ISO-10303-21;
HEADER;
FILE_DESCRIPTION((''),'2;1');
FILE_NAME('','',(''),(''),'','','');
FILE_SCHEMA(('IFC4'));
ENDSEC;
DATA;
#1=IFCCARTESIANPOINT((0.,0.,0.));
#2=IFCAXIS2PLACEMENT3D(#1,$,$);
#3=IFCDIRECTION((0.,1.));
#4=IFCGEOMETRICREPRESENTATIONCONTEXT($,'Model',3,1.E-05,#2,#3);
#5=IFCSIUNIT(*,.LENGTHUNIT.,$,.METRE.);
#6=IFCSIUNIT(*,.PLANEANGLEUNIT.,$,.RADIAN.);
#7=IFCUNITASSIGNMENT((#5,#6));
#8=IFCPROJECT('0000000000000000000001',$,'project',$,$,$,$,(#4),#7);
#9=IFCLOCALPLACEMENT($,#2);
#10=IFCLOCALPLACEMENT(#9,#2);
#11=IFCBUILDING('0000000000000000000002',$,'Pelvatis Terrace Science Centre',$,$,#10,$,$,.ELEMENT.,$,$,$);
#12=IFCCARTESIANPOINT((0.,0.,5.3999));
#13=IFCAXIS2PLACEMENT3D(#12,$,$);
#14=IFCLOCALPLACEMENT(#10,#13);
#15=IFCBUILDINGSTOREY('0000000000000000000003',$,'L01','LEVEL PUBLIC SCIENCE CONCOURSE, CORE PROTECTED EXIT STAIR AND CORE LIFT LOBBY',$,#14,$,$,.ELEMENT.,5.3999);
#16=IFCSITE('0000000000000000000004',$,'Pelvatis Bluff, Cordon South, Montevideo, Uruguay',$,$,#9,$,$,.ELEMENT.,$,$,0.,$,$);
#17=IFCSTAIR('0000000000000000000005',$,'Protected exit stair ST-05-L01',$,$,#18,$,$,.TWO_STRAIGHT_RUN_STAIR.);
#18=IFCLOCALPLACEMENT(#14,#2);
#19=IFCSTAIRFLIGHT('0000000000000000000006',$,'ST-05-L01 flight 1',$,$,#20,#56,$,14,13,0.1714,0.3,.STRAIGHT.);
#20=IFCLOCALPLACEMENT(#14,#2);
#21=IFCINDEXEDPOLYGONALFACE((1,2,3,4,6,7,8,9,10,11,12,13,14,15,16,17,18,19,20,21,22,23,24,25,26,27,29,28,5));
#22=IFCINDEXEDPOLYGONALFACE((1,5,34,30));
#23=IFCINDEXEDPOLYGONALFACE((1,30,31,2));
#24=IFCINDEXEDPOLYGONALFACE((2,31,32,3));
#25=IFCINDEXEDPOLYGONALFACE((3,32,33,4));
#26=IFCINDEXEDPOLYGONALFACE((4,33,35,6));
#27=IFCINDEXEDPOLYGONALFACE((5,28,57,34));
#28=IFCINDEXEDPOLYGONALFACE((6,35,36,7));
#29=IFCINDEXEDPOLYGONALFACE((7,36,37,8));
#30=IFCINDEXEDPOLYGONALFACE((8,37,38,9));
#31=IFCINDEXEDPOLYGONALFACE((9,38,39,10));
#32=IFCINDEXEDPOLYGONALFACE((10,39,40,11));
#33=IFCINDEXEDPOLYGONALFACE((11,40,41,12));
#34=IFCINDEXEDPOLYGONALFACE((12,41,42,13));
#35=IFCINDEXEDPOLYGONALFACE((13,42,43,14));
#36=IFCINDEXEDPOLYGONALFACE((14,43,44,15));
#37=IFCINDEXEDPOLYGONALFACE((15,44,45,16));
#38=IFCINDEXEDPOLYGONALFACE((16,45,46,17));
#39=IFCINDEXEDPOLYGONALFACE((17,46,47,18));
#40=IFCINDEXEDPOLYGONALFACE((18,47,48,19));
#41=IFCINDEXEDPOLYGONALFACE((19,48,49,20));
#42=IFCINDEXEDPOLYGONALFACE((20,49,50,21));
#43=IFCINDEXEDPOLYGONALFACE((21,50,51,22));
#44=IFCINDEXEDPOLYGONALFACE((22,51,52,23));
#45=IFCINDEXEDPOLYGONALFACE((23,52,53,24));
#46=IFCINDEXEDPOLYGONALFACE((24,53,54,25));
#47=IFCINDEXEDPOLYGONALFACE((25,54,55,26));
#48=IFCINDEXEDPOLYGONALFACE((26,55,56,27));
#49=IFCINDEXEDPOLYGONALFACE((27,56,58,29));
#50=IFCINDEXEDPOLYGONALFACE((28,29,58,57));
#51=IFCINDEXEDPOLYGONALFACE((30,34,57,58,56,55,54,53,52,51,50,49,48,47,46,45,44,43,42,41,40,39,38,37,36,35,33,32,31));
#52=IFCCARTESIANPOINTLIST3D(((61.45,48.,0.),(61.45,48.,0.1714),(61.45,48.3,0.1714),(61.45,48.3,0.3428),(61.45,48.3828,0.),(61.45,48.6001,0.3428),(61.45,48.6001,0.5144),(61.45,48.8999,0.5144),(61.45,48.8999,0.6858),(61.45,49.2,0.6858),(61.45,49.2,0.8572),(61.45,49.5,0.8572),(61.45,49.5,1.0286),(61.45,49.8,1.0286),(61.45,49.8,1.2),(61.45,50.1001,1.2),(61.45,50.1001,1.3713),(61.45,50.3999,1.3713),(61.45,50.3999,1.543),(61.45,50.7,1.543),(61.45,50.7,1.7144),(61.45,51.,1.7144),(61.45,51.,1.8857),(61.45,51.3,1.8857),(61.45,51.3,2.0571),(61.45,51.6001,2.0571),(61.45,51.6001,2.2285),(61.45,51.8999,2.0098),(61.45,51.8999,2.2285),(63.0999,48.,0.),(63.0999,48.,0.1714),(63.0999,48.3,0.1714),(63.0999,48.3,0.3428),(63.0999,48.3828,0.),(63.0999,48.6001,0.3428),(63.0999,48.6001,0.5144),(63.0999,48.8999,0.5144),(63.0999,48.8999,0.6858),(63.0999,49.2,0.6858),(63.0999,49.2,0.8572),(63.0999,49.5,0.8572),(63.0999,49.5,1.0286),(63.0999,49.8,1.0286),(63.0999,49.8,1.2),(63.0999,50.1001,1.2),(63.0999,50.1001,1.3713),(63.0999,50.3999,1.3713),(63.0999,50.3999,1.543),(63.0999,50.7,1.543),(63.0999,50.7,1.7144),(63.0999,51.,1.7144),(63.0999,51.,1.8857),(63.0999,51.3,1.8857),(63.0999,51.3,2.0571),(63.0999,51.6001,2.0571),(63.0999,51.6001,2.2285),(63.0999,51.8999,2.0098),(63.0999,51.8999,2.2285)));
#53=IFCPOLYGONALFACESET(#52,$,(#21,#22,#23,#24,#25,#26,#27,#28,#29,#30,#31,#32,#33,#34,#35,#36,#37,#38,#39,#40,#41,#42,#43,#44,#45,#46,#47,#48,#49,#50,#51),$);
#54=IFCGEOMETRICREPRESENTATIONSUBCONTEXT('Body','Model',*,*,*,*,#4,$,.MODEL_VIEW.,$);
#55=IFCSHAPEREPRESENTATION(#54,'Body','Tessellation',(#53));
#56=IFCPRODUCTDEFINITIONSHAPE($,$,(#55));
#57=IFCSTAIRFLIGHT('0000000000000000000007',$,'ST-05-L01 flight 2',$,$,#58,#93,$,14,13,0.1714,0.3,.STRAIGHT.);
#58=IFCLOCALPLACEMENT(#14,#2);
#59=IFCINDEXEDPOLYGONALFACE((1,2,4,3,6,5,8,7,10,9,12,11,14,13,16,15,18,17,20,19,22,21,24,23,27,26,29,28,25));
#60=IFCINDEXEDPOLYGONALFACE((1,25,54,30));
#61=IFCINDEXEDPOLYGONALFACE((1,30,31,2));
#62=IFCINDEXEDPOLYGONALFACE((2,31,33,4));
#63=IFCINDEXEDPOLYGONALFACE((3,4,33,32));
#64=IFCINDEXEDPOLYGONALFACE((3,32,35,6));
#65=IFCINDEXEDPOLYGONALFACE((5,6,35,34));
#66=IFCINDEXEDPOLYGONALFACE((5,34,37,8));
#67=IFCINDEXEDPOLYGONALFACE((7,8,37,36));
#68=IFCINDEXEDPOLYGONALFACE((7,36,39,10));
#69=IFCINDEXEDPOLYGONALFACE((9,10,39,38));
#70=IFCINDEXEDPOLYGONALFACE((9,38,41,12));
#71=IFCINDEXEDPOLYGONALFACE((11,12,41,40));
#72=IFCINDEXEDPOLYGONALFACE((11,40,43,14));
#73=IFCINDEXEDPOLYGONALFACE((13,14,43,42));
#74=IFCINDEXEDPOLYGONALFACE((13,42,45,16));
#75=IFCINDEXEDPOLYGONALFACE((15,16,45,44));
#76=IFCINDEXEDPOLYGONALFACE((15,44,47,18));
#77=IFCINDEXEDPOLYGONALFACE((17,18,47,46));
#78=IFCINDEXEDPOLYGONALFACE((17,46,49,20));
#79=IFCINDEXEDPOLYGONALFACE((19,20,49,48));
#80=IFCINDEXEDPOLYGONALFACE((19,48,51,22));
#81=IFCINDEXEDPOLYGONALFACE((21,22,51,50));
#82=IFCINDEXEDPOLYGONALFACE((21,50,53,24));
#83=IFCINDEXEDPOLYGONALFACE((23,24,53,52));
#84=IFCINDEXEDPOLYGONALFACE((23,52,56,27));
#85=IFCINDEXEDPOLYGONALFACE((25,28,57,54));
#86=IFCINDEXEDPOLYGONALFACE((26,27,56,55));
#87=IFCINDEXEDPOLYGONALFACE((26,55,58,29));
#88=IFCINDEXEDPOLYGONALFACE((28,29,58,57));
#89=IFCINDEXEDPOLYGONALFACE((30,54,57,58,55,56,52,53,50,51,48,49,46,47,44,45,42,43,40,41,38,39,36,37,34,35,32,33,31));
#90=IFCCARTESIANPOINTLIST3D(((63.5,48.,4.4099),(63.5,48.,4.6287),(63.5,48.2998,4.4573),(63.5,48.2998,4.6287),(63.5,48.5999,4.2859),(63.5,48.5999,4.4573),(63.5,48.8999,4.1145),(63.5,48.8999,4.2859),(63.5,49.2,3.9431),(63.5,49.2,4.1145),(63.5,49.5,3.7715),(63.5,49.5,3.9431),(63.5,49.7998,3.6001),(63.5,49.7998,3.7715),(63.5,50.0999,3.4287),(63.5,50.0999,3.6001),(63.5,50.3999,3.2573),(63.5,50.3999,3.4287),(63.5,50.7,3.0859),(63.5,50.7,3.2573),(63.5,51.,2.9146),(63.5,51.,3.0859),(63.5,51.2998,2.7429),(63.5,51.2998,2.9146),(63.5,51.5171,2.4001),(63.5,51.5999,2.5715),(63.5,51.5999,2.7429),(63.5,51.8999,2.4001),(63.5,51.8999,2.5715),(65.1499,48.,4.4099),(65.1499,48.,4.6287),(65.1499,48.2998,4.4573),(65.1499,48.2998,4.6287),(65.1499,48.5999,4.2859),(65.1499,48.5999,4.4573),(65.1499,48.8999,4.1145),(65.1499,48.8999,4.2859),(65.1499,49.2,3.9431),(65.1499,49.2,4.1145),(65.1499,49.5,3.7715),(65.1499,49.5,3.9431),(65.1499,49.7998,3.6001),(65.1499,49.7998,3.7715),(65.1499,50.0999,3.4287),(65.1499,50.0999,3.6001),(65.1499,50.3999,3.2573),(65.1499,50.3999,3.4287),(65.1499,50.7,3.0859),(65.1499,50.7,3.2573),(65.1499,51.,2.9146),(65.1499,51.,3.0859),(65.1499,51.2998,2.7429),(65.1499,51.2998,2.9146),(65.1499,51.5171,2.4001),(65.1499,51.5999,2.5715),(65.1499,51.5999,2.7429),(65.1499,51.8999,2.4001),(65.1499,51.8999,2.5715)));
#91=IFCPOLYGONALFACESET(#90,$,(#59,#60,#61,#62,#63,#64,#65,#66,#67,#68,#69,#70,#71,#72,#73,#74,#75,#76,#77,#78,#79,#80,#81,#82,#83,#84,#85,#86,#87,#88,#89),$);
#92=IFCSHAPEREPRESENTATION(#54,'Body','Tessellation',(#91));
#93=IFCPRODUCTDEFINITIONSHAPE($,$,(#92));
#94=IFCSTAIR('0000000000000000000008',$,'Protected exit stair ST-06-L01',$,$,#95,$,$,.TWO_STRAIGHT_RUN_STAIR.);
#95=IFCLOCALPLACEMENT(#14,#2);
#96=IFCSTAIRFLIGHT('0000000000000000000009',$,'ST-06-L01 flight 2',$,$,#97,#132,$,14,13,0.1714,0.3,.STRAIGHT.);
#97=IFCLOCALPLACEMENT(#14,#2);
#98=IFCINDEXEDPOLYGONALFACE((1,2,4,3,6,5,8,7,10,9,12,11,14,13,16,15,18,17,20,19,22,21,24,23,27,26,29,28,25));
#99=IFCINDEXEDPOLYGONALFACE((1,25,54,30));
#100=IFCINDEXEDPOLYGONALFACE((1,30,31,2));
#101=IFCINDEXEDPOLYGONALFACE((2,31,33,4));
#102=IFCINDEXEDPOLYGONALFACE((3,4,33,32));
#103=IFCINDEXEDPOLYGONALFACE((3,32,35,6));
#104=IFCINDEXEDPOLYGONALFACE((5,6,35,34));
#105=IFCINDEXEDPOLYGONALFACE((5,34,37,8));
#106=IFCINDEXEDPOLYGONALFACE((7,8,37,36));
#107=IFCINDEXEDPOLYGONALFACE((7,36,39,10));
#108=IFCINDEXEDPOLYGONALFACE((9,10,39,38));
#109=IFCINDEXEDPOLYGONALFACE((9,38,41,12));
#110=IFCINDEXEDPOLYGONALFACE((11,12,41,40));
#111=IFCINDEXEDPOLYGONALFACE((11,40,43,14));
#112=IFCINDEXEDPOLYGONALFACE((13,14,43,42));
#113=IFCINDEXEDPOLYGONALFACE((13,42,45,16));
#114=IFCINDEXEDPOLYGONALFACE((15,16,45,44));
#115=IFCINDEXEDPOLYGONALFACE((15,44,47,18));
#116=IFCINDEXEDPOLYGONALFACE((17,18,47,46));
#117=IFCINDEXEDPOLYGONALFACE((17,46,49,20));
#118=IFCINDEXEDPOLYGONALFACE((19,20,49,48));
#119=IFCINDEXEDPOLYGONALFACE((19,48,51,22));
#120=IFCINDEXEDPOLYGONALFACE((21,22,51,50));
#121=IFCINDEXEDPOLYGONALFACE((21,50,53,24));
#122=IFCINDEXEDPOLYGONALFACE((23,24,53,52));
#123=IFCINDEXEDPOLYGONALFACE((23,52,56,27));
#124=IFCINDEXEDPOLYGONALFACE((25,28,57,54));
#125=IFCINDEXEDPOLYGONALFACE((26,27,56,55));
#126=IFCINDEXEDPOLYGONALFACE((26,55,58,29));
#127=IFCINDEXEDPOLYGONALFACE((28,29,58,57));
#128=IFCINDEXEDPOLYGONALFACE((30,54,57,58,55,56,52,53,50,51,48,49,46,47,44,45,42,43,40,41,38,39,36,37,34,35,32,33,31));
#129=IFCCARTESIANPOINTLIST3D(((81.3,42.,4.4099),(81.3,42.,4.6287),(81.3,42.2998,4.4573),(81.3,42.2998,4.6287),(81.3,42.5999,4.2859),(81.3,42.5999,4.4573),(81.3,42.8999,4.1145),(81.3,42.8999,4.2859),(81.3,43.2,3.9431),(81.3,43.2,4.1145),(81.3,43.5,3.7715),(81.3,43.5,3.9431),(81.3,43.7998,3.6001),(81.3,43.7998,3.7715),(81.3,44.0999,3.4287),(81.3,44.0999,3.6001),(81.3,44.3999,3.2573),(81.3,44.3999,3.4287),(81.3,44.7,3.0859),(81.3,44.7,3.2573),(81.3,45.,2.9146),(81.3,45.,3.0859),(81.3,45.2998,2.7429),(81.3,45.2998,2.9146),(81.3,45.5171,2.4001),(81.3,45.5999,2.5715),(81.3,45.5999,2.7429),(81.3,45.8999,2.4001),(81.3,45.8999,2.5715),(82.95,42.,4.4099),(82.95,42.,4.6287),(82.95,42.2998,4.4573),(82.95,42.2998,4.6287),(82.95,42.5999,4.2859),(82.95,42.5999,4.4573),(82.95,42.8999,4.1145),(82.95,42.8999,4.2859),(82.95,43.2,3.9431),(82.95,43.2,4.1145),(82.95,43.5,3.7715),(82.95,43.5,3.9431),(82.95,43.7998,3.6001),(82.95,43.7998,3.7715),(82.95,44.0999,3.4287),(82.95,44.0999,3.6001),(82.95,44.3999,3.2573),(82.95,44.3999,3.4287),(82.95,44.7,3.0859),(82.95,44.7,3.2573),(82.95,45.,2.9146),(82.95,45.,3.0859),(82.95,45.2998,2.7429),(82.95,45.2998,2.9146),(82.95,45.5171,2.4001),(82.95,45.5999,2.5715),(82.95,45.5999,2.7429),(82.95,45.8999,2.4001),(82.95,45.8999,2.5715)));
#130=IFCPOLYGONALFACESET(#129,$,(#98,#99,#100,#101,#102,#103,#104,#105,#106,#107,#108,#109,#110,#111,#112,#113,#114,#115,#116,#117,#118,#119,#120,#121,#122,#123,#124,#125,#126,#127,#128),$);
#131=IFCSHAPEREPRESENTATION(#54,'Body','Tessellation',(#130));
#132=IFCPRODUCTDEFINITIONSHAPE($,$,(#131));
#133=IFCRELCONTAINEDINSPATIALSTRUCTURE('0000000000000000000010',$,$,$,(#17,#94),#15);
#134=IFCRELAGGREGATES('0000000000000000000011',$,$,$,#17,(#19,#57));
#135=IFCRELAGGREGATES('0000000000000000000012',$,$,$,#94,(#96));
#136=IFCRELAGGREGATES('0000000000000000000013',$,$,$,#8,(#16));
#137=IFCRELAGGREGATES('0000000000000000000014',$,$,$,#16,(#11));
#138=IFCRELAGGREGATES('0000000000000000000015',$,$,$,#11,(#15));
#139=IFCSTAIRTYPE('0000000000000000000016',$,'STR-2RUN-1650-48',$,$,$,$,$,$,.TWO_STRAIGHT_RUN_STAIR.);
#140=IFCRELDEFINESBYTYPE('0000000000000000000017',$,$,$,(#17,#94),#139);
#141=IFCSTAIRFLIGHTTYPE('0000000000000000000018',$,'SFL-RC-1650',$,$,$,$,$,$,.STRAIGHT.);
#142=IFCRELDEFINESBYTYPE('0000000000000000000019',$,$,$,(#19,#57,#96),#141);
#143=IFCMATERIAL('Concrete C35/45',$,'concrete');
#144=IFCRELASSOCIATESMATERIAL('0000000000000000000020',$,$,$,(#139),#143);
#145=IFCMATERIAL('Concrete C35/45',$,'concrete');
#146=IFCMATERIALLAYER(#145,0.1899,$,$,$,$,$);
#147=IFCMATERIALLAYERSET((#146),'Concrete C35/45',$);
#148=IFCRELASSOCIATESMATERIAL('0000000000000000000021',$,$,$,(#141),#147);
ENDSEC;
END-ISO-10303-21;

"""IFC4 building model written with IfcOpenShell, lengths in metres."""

from ifc_helpers import new_model, si_unit, direction, frame, origin, place, context, subcontext, project, spatial, polyline, outline, extrude, material, layer, layer_set, type_object, element, aggregate, save


model = new_model("IFC4")

# Units and contexts
model_context = context("Model", 3, precision=1e-05, world=origin(), true_north=direction((0.0, 1.0)))
body_context = subcontext(model_context, "Body", "Model", "MODEL_VIEW")
ifc_project = project(units=[si_unit("LENGTHUNIT", "METRE"), si_unit("PLANEANGLEUNIT", "RADIAN")], contexts=[model_context])

# Site, building, storey
site_placement = place(None, origin())
site = spatial("IfcSite", under=ifc_project, at=site_placement, Name="Pelvatis Bluff, Cordon South, Montevideo, Uruguay", CompositionType="ELEMENT", RefElevation=0.0)
building_placement = place(site_placement, origin())
building = spatial("IfcBuilding", under=site, at=building_placement, Name="Pelvatis Terrace Science Centre", CompositionType="ELEMENT")
storey_placement = place(building_placement, frame((0.0, 0.0, 5.3999)))
storey = spatial("IfcBuildingStorey", under=building, at=storey_placement, Name="L01", Description="LEVEL PUBLIC SCIENCE CONCOURSE, CORE PROTECTED EXIT STAIR AND CORE LIFT LOBBY", CompositionType="ELEMENT", Elevation=5.3999)

# Stair, stair flights
ifc_material_1 = material(Name="Concrete C35/45", Category="concrete")
stair_type_1 = type_object("IfcStairType", Name="STR-2RUN-1650-48", PredefinedType="TWO_STRAIGHT_RUN_STAIR", material=ifc_material_1)
stair_1_placement = place(storey_placement, origin())
stair_1 = element("IfcStair", 1, at=stair_1_placement, inside=storey, type_object=stair_type_1, Name="Protected exit stair ST-05-L01", PredefinedType="TWO_STRAIGHT_RUN_STAIR")
ifc_material_2 = material(Name="Concrete C35/45", Category="concrete")
ifc_layer_1 = layer(ifc_material_2, 0.1899)
ifc_layer_set_1 = layer_set([ifc_layer_1], Name="Concrete C35/45")
stair_flight_type_1 = type_object("IfcStairFlightType", Name="SFL-RC-1650", PredefinedType="STRAIGHT", material=ifc_layer_set_1)
stair_flight_1_placement = place(storey_placement, frame((62.2749, 48.0, 0.0), z_axis=(0.0, 0.0, 1.0), x_axis=(0.0, 1.0, 0.0)))
stair_flight_1 = element("IfcStairFlight", 2, at=stair_flight_1_placement, type_object=stair_flight_type_1, Name="ST-05-L01 flight 1", NumberOfRisers=14, NumberOfTreads=13, PredefinedType="STRAIGHT", RiserHeight=0.1714, TreadLength=0.3, context=body_context, shape_type="SweptSolid", body=[
    extrude(outline(polyline([(0.0, 0.0), (0.0, 0.1714), (0.3, 0.1714), (0.3, 0.3428), (0.6001, 0.3428), (0.6001, 0.5144), (0.8999, 0.5144), (0.8999, 0.6858), (1.2, 0.6858), (1.2, 0.8572), (1.5, 0.8572), (1.5, 1.0286), (1.8, 1.0286), (1.8, 1.2), (2.1001, 1.2), (2.1001, 1.3713), (2.3999, 1.3713), (2.3999, 1.543), (2.7, 1.543), (2.7, 1.7144), (3.0, 1.7144), (3.0, 1.8857), (3.3, 1.8857), (3.3, 2.0571), (3.6001, 2.0571), (3.6001, 2.2285), (3.8999, 2.2285), (3.8999, 2.3999), (3.8999, 2.0098), (0.3828, 0.0), (0.0, 0.0)])), frame((0.0, 0.825, 0.0), z_axis=(0.0, -1.0, 0.0), x_axis=(1.0, 0.0, 0.0)), (0.0, 0.0, 1.0), 1.6499),
])
stair_flight_2_placement = place(storey_placement, frame((64.325, 51.8999, 2.4001), z_axis=(0.0, 0.0, 1.0), x_axis=(0.0, -1.0, 0.0)))
stair_flight_2 = element("IfcStairFlight", 3, at=stair_flight_2_placement, type_object=stair_flight_type_1, Name="ST-05-L01 flight 2", NumberOfRisers=14, NumberOfTreads=13, PredefinedType="STRAIGHT", RiserHeight=0.1714, TreadLength=0.3, context=body_context, shape_type="SweptSolid", body=[
    extrude(outline(polyline([(0.0, 0.0), (0.0, 0.1714), (0.3, 0.1714), (0.3, 0.3428), (0.6001, 0.3428), (0.6001, 0.5144), (0.8999, 0.5144), (0.8999, 0.6858), (1.2, 0.6858), (1.2, 0.8572), (1.5, 0.8572), (1.5, 1.0286), (1.8, 1.0286), (1.8, 1.2), (2.1001, 1.2), (2.1001, 1.3713), (2.3999, 1.3713), (2.3999, 1.543), (2.7, 1.543), (2.7, 1.7144), (3.0, 1.7144), (3.0, 1.8857), (3.3, 1.8857), (3.3, 2.0571), (3.6001, 2.0571), (3.6001, 2.2285), (3.8999, 2.2285), (3.8999, 2.3999), (3.8999, 2.0098), (0.3828, 0.0), (0.0, 0.0)])), frame((0.0, 0.825, 0.0), z_axis=(0.0, -1.0, 0.0), x_axis=(1.0, 0.0, 0.0)), (0.0, 0.0, 1.0), 1.6499),
])
aggregate(stair_1, [stair_flight_1, stair_flight_2])

# Stair, stair flight
stair_2_placement = place(storey_placement, origin())
stair_2 = element("IfcStair", 4, at=stair_2_placement, inside=storey, type_object=stair_type_1, Name="Protected exit stair ST-06-L01", PredefinedType="TWO_STRAIGHT_RUN_STAIR")
stair_flight_3_placement = place(storey_placement, frame((82.125, 45.8999, 2.4001), z_axis=(0.0, 0.0, 1.0), x_axis=(0.0, -1.0, 0.0)))
stair_flight_3 = element("IfcStairFlight", 5, at=stair_flight_3_placement, type_object=stair_flight_type_1, Name="ST-06-L01 flight 2", NumberOfRisers=14, NumberOfTreads=13, PredefinedType="STRAIGHT", RiserHeight=0.1714, TreadLength=0.3, context=body_context, shape_type="SweptSolid", body=[
    extrude(outline(polyline([(0.0, 0.0), (0.0, 0.1714), (0.3, 0.1714), (0.3, 0.3428), (0.6001, 0.3428), (0.6001, 0.5144), (0.8999, 0.5144), (0.8999, 0.6858), (1.2, 0.6858), (1.2, 0.8572), (1.5, 0.8572), (1.5, 1.0286), (1.8, 1.0286), (1.8, 1.2), (2.1001, 1.2), (2.1001, 1.3713), (2.3999, 1.3713), (2.3999, 1.543), (2.7, 1.543), (2.7, 1.7144), (3.0, 1.7144), (3.0, 1.8857), (3.3, 1.8857), (3.3, 2.0571), (3.6001, 2.0571), (3.6001, 2.2285), (3.8999, 2.2285), (3.8999, 2.3999), (3.8999, 2.0098), (0.3828, 0.0), (0.0, 0.0)])), frame((0.0, 0.825, 0.0), z_axis=(0.0, -1.0, 0.0), x_axis=(1.0, 0.0, 0.0)), (0.0, 0.0, 1.0), 1.6499),
])
aggregate(stair_2, [stair_flight_3])

save(model, "model.ifc")
